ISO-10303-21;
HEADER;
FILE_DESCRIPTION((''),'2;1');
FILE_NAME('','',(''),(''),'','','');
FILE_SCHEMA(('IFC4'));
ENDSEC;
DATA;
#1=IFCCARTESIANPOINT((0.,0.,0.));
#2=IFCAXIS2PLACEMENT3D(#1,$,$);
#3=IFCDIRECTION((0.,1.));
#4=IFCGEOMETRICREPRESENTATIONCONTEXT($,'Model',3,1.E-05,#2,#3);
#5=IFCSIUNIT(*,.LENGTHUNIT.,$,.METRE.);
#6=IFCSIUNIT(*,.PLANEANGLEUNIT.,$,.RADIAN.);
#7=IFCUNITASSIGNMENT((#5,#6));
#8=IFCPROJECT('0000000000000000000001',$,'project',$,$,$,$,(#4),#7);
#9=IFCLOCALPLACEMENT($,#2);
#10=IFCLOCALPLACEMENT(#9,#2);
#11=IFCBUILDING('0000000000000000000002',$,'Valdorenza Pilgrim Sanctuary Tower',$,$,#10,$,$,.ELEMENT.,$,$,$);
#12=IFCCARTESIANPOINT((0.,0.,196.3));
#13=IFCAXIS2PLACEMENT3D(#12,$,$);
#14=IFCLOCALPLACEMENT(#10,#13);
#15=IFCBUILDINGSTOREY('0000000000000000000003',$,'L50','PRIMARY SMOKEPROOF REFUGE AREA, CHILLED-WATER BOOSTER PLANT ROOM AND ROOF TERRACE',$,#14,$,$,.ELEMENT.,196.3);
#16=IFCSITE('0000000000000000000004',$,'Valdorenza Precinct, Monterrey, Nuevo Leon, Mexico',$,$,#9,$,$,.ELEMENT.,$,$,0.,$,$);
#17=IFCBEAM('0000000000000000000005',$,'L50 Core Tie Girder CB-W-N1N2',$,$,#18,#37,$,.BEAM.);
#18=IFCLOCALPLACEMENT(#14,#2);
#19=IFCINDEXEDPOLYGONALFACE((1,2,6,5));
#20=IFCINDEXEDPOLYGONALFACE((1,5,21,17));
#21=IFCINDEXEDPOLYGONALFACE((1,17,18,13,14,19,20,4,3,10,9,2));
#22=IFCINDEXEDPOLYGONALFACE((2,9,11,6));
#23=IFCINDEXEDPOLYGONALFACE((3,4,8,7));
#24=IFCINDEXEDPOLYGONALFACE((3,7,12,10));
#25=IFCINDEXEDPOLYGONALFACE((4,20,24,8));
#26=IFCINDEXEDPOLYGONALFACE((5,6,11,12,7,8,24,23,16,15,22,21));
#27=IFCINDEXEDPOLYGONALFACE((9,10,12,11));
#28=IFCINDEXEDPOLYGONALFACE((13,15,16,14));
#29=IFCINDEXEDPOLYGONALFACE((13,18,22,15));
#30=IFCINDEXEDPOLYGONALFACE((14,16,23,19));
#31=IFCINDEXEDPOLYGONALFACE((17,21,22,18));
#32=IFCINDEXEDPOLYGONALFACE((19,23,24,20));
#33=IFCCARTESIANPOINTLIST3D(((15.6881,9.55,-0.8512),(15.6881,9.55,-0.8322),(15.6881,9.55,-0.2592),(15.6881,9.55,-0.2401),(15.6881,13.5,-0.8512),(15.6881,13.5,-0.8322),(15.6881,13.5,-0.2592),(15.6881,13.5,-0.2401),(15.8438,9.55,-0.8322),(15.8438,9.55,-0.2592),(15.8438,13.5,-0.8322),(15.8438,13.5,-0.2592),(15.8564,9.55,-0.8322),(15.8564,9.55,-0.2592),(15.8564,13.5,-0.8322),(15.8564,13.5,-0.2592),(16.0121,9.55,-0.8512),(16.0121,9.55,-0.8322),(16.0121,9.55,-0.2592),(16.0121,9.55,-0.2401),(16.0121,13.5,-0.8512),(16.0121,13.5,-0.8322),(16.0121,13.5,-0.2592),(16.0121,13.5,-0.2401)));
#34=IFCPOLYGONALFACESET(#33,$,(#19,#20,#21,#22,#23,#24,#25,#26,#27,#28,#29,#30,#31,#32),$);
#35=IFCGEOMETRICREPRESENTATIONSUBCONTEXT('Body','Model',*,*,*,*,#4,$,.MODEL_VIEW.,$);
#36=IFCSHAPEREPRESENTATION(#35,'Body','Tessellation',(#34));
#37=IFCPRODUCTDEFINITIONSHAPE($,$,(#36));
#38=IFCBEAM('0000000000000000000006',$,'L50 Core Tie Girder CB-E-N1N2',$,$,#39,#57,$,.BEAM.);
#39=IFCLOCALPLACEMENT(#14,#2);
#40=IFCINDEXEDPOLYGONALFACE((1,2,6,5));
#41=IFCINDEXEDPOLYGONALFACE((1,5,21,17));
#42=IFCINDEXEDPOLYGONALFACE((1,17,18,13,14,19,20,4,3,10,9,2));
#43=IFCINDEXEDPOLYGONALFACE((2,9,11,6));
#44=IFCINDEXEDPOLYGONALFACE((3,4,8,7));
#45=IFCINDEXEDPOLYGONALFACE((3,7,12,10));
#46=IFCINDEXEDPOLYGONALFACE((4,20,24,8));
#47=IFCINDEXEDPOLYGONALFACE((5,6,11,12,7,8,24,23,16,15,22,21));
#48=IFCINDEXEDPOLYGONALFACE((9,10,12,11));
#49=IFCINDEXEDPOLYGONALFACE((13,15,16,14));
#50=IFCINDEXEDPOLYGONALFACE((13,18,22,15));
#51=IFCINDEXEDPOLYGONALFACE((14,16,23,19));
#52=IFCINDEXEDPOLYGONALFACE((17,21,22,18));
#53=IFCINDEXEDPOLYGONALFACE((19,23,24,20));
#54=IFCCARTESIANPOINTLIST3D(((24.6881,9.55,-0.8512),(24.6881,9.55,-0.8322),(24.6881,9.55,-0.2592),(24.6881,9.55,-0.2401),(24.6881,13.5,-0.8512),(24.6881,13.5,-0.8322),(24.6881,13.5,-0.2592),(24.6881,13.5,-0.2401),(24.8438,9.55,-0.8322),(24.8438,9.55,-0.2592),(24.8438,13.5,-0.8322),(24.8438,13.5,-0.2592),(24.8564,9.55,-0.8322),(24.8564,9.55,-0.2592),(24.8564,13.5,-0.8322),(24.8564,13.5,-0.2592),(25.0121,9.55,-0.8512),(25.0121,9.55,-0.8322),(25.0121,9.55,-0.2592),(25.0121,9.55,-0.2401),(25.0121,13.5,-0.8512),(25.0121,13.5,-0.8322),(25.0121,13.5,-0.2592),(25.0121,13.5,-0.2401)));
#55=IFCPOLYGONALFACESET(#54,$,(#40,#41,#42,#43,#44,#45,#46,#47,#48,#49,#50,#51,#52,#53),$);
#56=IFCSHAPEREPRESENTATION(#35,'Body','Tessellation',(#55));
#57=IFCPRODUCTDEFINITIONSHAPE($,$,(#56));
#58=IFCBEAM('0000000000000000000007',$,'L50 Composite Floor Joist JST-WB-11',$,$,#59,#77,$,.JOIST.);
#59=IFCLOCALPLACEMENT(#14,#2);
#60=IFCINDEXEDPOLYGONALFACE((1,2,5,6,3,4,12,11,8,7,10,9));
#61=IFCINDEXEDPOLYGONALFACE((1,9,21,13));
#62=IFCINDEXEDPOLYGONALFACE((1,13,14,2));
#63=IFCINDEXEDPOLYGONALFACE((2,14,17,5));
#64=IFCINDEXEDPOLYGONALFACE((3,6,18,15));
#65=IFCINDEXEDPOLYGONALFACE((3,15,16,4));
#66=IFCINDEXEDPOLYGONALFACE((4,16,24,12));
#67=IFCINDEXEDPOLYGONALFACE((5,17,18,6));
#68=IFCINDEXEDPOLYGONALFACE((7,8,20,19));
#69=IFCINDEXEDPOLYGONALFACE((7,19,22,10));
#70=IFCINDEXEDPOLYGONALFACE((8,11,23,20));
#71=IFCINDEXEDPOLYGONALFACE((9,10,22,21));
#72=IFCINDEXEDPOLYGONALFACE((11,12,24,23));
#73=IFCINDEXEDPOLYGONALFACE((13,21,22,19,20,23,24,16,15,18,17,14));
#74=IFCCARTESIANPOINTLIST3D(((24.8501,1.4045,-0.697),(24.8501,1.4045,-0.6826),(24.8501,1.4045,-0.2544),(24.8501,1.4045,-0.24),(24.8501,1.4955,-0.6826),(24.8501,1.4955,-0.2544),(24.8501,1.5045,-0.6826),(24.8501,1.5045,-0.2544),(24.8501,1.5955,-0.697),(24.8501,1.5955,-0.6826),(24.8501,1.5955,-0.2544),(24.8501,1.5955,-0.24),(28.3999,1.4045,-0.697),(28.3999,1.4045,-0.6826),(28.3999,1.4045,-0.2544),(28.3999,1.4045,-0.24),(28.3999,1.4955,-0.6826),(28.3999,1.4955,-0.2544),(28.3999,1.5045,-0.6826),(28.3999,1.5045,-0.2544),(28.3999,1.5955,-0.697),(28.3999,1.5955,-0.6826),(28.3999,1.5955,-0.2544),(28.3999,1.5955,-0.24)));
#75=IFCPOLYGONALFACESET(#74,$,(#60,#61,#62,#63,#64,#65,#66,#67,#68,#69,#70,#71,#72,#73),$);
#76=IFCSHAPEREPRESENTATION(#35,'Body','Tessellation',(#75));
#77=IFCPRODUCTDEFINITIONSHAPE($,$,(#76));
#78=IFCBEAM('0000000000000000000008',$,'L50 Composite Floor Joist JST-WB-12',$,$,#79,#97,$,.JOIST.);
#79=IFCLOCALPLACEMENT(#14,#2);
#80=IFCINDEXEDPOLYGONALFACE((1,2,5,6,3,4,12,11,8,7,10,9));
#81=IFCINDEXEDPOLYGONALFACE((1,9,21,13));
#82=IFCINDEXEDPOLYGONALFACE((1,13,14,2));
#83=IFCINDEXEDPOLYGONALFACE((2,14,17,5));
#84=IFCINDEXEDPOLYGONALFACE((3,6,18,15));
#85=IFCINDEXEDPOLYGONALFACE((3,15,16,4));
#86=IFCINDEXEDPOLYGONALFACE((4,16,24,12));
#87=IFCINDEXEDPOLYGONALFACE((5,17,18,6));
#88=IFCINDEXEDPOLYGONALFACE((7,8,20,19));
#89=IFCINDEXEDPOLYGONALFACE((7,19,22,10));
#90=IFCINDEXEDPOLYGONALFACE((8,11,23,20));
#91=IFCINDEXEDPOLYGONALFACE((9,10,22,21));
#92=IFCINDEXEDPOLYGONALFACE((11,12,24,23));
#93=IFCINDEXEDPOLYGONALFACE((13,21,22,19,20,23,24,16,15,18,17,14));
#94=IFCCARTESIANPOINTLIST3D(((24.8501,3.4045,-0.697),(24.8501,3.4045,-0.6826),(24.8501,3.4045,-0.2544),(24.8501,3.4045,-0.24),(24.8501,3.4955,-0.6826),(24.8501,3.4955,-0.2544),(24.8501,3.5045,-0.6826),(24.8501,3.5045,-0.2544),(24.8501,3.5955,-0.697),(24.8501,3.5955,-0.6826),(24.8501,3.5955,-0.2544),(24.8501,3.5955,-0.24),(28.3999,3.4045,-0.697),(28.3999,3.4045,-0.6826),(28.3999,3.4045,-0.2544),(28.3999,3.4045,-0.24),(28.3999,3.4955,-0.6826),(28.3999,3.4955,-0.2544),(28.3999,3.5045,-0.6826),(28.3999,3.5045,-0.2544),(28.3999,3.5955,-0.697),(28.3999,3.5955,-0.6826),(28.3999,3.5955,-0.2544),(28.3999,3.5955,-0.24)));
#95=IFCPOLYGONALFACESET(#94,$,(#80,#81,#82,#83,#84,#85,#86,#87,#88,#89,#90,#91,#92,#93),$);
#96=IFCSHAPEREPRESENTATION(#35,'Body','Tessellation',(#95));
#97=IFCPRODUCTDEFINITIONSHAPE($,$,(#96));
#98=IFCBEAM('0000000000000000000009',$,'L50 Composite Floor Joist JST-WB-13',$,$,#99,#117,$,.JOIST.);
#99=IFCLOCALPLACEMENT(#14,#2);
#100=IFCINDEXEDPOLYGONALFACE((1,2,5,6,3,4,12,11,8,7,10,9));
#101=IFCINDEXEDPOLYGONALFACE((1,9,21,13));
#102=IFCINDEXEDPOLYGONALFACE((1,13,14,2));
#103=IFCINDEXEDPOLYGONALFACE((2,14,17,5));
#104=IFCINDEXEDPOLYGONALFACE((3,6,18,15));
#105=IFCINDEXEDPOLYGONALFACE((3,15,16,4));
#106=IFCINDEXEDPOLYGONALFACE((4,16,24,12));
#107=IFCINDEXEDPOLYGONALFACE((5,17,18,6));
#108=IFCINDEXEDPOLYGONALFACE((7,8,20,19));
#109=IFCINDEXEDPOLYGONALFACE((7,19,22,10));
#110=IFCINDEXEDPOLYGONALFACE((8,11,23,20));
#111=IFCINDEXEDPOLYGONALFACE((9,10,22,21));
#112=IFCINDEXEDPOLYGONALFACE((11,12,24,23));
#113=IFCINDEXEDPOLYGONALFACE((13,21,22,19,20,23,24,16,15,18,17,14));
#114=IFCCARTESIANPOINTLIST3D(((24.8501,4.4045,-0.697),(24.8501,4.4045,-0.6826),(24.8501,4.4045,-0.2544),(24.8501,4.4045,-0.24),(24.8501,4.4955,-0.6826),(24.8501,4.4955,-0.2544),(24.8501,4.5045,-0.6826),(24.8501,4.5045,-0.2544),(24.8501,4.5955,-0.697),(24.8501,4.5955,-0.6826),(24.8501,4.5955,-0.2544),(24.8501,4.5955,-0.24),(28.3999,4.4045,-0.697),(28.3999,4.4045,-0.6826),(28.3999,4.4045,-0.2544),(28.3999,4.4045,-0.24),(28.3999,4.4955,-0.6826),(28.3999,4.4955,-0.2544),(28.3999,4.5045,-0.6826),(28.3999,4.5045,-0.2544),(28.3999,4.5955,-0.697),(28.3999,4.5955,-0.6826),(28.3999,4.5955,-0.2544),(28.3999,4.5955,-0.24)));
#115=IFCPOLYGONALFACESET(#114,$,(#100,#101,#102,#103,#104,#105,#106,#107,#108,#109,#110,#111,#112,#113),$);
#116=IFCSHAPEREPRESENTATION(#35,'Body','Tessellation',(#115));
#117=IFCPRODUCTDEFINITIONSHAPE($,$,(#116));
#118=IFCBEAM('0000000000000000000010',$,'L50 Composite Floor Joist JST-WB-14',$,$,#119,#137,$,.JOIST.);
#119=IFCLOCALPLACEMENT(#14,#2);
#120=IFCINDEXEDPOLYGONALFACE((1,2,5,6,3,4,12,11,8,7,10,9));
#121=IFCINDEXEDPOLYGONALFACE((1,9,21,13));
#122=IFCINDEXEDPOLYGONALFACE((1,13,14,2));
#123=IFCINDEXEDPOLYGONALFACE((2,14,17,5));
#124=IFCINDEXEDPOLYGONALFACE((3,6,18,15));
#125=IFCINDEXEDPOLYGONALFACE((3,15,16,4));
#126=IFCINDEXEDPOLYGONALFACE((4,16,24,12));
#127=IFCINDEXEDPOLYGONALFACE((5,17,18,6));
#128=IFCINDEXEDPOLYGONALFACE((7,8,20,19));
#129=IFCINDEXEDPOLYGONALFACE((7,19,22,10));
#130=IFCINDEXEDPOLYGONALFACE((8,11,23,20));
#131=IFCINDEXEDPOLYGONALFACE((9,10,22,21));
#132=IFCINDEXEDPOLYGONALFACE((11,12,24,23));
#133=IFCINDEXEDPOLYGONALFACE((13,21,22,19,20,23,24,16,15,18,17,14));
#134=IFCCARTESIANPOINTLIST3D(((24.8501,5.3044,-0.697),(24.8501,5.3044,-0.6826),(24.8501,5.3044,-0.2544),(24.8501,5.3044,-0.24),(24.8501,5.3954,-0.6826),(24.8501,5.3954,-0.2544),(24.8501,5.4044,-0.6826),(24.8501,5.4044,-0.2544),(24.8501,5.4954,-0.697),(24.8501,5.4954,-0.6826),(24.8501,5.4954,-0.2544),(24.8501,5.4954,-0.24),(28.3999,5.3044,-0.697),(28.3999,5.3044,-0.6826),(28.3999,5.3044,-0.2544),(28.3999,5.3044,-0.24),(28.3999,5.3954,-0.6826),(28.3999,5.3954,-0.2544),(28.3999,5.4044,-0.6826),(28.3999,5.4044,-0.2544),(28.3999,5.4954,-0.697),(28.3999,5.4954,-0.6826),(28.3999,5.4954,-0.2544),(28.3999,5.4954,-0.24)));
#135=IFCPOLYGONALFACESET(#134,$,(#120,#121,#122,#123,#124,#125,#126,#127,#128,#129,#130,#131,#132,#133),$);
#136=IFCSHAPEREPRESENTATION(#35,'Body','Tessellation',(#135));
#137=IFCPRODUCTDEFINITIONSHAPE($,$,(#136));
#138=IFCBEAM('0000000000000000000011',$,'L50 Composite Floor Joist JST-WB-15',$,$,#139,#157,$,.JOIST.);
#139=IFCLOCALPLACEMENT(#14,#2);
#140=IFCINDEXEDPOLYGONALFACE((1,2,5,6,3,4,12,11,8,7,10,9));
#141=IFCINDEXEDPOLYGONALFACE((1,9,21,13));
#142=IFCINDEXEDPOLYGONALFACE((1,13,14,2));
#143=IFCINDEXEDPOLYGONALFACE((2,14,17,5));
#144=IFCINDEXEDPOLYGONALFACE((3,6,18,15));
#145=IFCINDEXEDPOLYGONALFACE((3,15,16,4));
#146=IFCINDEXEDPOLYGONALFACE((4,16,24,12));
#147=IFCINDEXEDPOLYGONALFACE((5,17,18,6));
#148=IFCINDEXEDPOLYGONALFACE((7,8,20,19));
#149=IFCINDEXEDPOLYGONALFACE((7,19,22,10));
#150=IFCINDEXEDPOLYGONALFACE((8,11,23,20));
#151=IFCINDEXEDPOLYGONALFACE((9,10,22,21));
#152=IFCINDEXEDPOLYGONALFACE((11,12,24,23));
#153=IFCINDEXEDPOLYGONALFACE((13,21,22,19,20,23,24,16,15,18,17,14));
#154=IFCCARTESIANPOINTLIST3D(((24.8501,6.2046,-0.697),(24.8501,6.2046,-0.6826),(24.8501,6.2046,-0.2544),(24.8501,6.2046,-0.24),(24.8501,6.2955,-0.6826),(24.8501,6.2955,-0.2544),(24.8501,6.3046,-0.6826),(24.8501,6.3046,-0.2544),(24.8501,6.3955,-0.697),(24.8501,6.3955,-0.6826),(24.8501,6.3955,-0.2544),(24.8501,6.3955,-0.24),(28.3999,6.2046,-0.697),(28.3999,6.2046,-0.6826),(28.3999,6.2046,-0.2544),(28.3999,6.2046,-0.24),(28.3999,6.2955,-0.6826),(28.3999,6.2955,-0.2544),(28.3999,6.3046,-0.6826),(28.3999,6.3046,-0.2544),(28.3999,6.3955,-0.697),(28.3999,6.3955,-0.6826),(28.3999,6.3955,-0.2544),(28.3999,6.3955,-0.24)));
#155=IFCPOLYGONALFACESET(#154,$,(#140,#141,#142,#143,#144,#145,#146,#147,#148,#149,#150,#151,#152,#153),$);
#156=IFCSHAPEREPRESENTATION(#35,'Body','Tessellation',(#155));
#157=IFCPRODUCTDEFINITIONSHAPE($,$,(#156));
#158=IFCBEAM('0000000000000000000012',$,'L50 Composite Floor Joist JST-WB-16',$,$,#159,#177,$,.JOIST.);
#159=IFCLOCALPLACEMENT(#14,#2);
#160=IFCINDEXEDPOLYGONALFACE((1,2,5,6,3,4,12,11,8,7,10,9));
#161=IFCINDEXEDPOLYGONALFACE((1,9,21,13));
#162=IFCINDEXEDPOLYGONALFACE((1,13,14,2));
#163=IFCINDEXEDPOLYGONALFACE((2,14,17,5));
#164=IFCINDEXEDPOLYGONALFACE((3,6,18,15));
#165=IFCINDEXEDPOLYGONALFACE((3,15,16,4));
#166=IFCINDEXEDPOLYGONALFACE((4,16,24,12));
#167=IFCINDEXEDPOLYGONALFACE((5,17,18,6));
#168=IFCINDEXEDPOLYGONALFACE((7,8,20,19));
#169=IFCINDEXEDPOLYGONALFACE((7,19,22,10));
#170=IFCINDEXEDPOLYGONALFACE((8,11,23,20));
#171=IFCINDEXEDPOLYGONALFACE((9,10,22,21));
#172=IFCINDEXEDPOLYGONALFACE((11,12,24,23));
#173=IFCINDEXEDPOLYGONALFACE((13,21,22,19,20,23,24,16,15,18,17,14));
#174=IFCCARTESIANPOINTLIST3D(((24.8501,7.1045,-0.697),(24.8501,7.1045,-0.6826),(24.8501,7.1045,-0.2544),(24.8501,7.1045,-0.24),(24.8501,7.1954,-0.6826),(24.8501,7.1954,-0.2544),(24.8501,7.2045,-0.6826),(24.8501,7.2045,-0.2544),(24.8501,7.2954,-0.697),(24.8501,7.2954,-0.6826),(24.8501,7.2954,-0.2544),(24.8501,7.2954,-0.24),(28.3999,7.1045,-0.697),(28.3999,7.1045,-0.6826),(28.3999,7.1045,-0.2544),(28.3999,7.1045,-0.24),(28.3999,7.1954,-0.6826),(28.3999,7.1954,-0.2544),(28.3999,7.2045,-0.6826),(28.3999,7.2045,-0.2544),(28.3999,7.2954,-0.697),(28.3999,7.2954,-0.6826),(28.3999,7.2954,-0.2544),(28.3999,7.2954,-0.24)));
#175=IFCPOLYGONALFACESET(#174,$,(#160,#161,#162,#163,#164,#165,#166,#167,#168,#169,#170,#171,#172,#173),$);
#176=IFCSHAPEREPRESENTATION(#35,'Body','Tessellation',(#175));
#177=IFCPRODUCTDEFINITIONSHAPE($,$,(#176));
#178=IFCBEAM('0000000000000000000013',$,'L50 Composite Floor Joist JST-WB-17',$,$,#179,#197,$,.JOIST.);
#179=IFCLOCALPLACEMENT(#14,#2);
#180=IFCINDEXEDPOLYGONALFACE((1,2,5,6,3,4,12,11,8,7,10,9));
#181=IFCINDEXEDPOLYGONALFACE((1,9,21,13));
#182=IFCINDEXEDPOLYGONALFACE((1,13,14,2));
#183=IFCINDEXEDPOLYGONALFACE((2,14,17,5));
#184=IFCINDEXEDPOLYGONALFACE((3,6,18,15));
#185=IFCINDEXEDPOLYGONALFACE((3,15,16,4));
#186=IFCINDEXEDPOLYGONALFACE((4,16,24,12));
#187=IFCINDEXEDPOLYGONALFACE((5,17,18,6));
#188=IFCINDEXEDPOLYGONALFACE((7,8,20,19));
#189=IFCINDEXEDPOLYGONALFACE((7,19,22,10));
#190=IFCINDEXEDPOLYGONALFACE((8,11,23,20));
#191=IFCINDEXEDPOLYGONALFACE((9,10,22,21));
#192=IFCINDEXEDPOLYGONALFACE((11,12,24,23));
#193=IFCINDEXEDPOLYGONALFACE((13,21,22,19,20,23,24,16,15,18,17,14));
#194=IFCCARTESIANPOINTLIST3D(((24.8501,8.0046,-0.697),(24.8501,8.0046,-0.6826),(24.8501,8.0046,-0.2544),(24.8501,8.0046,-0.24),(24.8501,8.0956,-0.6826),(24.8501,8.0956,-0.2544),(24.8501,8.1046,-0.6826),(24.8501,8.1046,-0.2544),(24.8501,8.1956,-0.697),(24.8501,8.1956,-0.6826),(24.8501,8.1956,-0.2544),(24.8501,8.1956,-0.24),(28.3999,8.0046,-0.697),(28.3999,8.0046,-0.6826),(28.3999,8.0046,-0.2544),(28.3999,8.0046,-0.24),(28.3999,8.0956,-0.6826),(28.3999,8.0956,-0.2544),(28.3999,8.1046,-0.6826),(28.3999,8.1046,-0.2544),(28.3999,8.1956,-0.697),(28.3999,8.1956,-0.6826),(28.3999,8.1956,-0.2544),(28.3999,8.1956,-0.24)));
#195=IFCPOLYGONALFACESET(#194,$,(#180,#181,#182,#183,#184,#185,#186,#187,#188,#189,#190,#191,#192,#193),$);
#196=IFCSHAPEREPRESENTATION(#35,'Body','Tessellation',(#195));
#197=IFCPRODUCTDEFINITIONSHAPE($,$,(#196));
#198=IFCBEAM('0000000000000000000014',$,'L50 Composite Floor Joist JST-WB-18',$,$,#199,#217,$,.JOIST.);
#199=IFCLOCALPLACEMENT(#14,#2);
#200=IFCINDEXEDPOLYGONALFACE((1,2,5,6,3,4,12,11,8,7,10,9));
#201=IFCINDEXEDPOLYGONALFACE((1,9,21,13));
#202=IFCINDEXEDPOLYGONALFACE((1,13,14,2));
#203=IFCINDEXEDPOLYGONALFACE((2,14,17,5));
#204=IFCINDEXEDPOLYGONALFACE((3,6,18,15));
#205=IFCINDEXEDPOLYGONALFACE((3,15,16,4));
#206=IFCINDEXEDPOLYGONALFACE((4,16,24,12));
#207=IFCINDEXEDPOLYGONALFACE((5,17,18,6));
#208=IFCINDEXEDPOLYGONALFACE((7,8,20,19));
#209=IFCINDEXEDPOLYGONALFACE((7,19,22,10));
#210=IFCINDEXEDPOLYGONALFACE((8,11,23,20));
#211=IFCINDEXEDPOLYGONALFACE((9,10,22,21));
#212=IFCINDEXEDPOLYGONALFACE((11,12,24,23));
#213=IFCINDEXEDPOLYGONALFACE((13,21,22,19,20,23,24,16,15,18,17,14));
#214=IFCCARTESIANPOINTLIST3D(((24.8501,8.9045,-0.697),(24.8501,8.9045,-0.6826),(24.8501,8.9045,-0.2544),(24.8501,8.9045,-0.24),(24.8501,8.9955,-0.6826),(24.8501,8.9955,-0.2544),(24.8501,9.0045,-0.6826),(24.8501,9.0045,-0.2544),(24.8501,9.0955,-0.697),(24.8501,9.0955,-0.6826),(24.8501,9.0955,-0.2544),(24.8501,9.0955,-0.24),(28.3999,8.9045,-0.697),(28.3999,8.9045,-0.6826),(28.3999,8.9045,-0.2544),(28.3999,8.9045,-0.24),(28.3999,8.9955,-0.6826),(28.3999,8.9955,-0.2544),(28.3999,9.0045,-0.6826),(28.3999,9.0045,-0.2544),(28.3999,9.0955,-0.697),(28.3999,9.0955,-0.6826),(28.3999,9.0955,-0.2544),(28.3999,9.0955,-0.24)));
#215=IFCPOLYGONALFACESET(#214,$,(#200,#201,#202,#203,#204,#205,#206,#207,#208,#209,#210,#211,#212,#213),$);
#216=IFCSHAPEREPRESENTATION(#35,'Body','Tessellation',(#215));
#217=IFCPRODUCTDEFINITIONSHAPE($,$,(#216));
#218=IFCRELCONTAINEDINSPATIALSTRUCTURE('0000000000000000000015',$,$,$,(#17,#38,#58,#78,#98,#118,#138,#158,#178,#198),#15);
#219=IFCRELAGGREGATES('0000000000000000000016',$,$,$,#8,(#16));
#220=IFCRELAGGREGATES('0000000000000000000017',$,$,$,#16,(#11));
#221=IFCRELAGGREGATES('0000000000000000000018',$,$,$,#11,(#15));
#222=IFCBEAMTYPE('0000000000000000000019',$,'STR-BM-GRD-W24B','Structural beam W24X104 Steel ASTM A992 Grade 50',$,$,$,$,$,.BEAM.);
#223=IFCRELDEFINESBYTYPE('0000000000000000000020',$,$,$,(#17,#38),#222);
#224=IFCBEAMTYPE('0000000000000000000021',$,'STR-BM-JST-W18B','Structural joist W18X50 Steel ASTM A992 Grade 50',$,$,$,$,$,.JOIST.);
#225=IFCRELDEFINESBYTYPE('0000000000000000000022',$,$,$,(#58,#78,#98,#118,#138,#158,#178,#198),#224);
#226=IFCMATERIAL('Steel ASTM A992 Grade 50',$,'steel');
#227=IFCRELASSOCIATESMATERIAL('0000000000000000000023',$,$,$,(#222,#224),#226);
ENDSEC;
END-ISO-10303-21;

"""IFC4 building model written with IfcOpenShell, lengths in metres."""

from ifc_helpers import new_model, si_unit, direction, frame, origin, origin_2d, place, context, subcontext, project, spatial, i_section, extrude, source, transform, mapped, material, material_profile, profile_set, type_object, element, save


model = new_model("IFC4")

# Units and contexts
model_context = context("Model", 3, precision=1e-05, world=origin(), true_north=direction((0.0, 1.0)))
body_context = subcontext(model_context, "Body", "Model", "MODEL_VIEW")
ifc_project = project(units=[si_unit("LENGTHUNIT", "METRE"), si_unit("PLANEANGLEUNIT", "RADIAN")], contexts=[model_context])

# Site, building, storey
site_placement = place(None, origin())
site = spatial("IfcSite", under=ifc_project, at=site_placement, Name="Valdorenza Precinct, Monterrey, Nuevo Leon, Mexico", CompositionType="ELEMENT", RefElevation=0.0)
building_placement = place(site_placement, origin())
building = spatial("IfcBuilding", under=site, at=building_placement, Name="Valdorenza Pilgrim Sanctuary Tower", CompositionType="ELEMENT")
storey_placement = place(building_placement, frame((0.0, 0.0, 196.3)))
storey = spatial("IfcBuildingStorey", under=building, at=storey_placement, Name="L50", Description="PRIMARY SMOKEPROOF REFUGE AREA, CHILLED-WATER BOOSTER PLANT ROOM AND ROOF TERRACE", CompositionType="ELEMENT", Elevation=196.3)

# Beams
ifc_material_1 = material(Name="Steel ASTM A992 Grade 50", Category="steel")
ifc_material_profile_1 = material_profile(ifc_material_1, i_section(OverallWidth=0.324, OverallDepth=0.6111, WebThickness=0.0127, FlangeThickness=0.019, at=origin_2d()), Name="W24X104")
ifc_profile_set_1 = profile_set([ifc_material_profile_1], Name="Steel ASTM A992 Grade 50")
beam_type_1 = type_object("IfcBeamType", Name="STR-BM-GRD-W24B", Description="Structural beam W24X104 Steel ASTM A992 Grade 50", PredefinedType="BEAM", material=ifc_profile_set_1)
shared_shape_1 = source(origin(), body_context, "Body", "SweptSolid", [
    extrude(i_section(OverallWidth=0.324, OverallDepth=0.6111, WebThickness=0.0127, FlangeThickness=0.019, at=origin_2d()), origin(), (0.0, 0.0, 1.0), 3.95),
])
for number, where, z_axis, x_axis, name in (
    (1, (15.8501, 9.55, -0.5457), (0.0, 1.0, 0.0), (-1.0, 0.0, 0.0), "L50 Core Tie Girder CB-W-N1N2"),
    (2, (24.8501, 9.55, -0.5457), (0.0, 1.0, 0.0), (-1.0, 0.0, 0.0), "L50 Core Tie Girder CB-E-N1N2"),
):
    element("IfcBeam", number, at=place(storey_placement, frame(where, z_axis=z_axis, x_axis=x_axis)), inside=storey, type_object=beam_type_1, Name=name, PredefinedType="BEAM", context=body_context, shape_type="MappedRepresentation", body=[
        mapped(shared_shape_1, transform((0.0, 0.0, 0.0), x_axis=(1.0, 0.0, 0.0), y_axis=(0.0, 1.0, 0.0), z_axis=(0.0, 0.0, 1.0), scale=1.0)),
    ])
ifc_material_profile_2 = material_profile(ifc_material_1, i_section(OverallWidth=0.1909, OverallDepth=0.457, WebThickness=0.009, FlangeThickness=0.0144, at=origin_2d()), Name="W18X50")
ifc_profile_set_2 = profile_set([ifc_material_profile_2], Name="Steel ASTM A992 Grade 50")
beam_type_2 = type_object("IfcBeamType", Name="STR-BM-JST-W18B", Description="Structural joist W18X50 Steel ASTM A992 Grade 50", PredefinedType="JOIST", material=ifc_profile_set_2)
shared_shape_2 = source(origin(), body_context, "Body", "SweptSolid", [
    extrude(i_section(OverallWidth=0.1909, OverallDepth=0.457, WebThickness=0.009, FlangeThickness=0.0144, at=origin_2d()), origin(), (0.0, 0.0, 1.0), 3.5498),
])
for number, where, z_axis, x_axis, name in (
    (3, (24.8501, 1.5, -0.4685), (1.0, 0.0, 0.0), (0.0, 1.0, 0.0), "L50 Composite Floor Joist JST-WB-11"),
    (4, (24.8501, 3.5, -0.4685), (1.0, 0.0, 0.0), (0.0, 1.0, 0.0), "L50 Composite Floor Joist JST-WB-12"),
    (5, (24.8501, 4.5, -0.4685), (1.0, 0.0, 0.0), (0.0, 1.0, 0.0), "L50 Composite Floor Joist JST-WB-13"),
    (6, (24.8501, 5.3999, -0.4685), (1.0, 0.0, 0.0), (0.0, 1.0, 0.0), "L50 Composite Floor Joist JST-WB-14"),
    (7, (24.8501, 6.3, -0.4685), (1.0, 0.0, 0.0), (0.0, 1.0, 0.0), "L50 Composite Floor Joist JST-WB-15"),
    (8, (24.8501, 7.2, -0.4685), (1.0, 0.0, 0.0), (0.0, 1.0, 0.0), "L50 Composite Floor Joist JST-WB-16"),
    (9, (24.8501, 8.1001, -0.4685), (1.0, 0.0, 0.0), (0.0, 1.0, 0.0), "L50 Composite Floor Joist JST-WB-17"),
    (10, (24.8501, 9.0, -0.4685), (1.0, 0.0, 0.0), (0.0, 1.0, 0.0), "L50 Composite Floor Joist JST-WB-18"),
):
    element("IfcBeam", number, at=place(storey_placement, frame(where, z_axis=z_axis, x_axis=x_axis)), inside=storey, type_object=beam_type_2, Name=name, PredefinedType="JOIST", context=body_context, shape_type="MappedRepresentation", body=[
        mapped(shared_shape_2, transform((0.0, 0.0, 0.0), x_axis=(1.0, 0.0, 0.0), y_axis=(0.0, 1.0, 0.0), z_axis=(0.0, 0.0, 1.0), scale=1.0)),
    ])

save(model, "model.ifc")
